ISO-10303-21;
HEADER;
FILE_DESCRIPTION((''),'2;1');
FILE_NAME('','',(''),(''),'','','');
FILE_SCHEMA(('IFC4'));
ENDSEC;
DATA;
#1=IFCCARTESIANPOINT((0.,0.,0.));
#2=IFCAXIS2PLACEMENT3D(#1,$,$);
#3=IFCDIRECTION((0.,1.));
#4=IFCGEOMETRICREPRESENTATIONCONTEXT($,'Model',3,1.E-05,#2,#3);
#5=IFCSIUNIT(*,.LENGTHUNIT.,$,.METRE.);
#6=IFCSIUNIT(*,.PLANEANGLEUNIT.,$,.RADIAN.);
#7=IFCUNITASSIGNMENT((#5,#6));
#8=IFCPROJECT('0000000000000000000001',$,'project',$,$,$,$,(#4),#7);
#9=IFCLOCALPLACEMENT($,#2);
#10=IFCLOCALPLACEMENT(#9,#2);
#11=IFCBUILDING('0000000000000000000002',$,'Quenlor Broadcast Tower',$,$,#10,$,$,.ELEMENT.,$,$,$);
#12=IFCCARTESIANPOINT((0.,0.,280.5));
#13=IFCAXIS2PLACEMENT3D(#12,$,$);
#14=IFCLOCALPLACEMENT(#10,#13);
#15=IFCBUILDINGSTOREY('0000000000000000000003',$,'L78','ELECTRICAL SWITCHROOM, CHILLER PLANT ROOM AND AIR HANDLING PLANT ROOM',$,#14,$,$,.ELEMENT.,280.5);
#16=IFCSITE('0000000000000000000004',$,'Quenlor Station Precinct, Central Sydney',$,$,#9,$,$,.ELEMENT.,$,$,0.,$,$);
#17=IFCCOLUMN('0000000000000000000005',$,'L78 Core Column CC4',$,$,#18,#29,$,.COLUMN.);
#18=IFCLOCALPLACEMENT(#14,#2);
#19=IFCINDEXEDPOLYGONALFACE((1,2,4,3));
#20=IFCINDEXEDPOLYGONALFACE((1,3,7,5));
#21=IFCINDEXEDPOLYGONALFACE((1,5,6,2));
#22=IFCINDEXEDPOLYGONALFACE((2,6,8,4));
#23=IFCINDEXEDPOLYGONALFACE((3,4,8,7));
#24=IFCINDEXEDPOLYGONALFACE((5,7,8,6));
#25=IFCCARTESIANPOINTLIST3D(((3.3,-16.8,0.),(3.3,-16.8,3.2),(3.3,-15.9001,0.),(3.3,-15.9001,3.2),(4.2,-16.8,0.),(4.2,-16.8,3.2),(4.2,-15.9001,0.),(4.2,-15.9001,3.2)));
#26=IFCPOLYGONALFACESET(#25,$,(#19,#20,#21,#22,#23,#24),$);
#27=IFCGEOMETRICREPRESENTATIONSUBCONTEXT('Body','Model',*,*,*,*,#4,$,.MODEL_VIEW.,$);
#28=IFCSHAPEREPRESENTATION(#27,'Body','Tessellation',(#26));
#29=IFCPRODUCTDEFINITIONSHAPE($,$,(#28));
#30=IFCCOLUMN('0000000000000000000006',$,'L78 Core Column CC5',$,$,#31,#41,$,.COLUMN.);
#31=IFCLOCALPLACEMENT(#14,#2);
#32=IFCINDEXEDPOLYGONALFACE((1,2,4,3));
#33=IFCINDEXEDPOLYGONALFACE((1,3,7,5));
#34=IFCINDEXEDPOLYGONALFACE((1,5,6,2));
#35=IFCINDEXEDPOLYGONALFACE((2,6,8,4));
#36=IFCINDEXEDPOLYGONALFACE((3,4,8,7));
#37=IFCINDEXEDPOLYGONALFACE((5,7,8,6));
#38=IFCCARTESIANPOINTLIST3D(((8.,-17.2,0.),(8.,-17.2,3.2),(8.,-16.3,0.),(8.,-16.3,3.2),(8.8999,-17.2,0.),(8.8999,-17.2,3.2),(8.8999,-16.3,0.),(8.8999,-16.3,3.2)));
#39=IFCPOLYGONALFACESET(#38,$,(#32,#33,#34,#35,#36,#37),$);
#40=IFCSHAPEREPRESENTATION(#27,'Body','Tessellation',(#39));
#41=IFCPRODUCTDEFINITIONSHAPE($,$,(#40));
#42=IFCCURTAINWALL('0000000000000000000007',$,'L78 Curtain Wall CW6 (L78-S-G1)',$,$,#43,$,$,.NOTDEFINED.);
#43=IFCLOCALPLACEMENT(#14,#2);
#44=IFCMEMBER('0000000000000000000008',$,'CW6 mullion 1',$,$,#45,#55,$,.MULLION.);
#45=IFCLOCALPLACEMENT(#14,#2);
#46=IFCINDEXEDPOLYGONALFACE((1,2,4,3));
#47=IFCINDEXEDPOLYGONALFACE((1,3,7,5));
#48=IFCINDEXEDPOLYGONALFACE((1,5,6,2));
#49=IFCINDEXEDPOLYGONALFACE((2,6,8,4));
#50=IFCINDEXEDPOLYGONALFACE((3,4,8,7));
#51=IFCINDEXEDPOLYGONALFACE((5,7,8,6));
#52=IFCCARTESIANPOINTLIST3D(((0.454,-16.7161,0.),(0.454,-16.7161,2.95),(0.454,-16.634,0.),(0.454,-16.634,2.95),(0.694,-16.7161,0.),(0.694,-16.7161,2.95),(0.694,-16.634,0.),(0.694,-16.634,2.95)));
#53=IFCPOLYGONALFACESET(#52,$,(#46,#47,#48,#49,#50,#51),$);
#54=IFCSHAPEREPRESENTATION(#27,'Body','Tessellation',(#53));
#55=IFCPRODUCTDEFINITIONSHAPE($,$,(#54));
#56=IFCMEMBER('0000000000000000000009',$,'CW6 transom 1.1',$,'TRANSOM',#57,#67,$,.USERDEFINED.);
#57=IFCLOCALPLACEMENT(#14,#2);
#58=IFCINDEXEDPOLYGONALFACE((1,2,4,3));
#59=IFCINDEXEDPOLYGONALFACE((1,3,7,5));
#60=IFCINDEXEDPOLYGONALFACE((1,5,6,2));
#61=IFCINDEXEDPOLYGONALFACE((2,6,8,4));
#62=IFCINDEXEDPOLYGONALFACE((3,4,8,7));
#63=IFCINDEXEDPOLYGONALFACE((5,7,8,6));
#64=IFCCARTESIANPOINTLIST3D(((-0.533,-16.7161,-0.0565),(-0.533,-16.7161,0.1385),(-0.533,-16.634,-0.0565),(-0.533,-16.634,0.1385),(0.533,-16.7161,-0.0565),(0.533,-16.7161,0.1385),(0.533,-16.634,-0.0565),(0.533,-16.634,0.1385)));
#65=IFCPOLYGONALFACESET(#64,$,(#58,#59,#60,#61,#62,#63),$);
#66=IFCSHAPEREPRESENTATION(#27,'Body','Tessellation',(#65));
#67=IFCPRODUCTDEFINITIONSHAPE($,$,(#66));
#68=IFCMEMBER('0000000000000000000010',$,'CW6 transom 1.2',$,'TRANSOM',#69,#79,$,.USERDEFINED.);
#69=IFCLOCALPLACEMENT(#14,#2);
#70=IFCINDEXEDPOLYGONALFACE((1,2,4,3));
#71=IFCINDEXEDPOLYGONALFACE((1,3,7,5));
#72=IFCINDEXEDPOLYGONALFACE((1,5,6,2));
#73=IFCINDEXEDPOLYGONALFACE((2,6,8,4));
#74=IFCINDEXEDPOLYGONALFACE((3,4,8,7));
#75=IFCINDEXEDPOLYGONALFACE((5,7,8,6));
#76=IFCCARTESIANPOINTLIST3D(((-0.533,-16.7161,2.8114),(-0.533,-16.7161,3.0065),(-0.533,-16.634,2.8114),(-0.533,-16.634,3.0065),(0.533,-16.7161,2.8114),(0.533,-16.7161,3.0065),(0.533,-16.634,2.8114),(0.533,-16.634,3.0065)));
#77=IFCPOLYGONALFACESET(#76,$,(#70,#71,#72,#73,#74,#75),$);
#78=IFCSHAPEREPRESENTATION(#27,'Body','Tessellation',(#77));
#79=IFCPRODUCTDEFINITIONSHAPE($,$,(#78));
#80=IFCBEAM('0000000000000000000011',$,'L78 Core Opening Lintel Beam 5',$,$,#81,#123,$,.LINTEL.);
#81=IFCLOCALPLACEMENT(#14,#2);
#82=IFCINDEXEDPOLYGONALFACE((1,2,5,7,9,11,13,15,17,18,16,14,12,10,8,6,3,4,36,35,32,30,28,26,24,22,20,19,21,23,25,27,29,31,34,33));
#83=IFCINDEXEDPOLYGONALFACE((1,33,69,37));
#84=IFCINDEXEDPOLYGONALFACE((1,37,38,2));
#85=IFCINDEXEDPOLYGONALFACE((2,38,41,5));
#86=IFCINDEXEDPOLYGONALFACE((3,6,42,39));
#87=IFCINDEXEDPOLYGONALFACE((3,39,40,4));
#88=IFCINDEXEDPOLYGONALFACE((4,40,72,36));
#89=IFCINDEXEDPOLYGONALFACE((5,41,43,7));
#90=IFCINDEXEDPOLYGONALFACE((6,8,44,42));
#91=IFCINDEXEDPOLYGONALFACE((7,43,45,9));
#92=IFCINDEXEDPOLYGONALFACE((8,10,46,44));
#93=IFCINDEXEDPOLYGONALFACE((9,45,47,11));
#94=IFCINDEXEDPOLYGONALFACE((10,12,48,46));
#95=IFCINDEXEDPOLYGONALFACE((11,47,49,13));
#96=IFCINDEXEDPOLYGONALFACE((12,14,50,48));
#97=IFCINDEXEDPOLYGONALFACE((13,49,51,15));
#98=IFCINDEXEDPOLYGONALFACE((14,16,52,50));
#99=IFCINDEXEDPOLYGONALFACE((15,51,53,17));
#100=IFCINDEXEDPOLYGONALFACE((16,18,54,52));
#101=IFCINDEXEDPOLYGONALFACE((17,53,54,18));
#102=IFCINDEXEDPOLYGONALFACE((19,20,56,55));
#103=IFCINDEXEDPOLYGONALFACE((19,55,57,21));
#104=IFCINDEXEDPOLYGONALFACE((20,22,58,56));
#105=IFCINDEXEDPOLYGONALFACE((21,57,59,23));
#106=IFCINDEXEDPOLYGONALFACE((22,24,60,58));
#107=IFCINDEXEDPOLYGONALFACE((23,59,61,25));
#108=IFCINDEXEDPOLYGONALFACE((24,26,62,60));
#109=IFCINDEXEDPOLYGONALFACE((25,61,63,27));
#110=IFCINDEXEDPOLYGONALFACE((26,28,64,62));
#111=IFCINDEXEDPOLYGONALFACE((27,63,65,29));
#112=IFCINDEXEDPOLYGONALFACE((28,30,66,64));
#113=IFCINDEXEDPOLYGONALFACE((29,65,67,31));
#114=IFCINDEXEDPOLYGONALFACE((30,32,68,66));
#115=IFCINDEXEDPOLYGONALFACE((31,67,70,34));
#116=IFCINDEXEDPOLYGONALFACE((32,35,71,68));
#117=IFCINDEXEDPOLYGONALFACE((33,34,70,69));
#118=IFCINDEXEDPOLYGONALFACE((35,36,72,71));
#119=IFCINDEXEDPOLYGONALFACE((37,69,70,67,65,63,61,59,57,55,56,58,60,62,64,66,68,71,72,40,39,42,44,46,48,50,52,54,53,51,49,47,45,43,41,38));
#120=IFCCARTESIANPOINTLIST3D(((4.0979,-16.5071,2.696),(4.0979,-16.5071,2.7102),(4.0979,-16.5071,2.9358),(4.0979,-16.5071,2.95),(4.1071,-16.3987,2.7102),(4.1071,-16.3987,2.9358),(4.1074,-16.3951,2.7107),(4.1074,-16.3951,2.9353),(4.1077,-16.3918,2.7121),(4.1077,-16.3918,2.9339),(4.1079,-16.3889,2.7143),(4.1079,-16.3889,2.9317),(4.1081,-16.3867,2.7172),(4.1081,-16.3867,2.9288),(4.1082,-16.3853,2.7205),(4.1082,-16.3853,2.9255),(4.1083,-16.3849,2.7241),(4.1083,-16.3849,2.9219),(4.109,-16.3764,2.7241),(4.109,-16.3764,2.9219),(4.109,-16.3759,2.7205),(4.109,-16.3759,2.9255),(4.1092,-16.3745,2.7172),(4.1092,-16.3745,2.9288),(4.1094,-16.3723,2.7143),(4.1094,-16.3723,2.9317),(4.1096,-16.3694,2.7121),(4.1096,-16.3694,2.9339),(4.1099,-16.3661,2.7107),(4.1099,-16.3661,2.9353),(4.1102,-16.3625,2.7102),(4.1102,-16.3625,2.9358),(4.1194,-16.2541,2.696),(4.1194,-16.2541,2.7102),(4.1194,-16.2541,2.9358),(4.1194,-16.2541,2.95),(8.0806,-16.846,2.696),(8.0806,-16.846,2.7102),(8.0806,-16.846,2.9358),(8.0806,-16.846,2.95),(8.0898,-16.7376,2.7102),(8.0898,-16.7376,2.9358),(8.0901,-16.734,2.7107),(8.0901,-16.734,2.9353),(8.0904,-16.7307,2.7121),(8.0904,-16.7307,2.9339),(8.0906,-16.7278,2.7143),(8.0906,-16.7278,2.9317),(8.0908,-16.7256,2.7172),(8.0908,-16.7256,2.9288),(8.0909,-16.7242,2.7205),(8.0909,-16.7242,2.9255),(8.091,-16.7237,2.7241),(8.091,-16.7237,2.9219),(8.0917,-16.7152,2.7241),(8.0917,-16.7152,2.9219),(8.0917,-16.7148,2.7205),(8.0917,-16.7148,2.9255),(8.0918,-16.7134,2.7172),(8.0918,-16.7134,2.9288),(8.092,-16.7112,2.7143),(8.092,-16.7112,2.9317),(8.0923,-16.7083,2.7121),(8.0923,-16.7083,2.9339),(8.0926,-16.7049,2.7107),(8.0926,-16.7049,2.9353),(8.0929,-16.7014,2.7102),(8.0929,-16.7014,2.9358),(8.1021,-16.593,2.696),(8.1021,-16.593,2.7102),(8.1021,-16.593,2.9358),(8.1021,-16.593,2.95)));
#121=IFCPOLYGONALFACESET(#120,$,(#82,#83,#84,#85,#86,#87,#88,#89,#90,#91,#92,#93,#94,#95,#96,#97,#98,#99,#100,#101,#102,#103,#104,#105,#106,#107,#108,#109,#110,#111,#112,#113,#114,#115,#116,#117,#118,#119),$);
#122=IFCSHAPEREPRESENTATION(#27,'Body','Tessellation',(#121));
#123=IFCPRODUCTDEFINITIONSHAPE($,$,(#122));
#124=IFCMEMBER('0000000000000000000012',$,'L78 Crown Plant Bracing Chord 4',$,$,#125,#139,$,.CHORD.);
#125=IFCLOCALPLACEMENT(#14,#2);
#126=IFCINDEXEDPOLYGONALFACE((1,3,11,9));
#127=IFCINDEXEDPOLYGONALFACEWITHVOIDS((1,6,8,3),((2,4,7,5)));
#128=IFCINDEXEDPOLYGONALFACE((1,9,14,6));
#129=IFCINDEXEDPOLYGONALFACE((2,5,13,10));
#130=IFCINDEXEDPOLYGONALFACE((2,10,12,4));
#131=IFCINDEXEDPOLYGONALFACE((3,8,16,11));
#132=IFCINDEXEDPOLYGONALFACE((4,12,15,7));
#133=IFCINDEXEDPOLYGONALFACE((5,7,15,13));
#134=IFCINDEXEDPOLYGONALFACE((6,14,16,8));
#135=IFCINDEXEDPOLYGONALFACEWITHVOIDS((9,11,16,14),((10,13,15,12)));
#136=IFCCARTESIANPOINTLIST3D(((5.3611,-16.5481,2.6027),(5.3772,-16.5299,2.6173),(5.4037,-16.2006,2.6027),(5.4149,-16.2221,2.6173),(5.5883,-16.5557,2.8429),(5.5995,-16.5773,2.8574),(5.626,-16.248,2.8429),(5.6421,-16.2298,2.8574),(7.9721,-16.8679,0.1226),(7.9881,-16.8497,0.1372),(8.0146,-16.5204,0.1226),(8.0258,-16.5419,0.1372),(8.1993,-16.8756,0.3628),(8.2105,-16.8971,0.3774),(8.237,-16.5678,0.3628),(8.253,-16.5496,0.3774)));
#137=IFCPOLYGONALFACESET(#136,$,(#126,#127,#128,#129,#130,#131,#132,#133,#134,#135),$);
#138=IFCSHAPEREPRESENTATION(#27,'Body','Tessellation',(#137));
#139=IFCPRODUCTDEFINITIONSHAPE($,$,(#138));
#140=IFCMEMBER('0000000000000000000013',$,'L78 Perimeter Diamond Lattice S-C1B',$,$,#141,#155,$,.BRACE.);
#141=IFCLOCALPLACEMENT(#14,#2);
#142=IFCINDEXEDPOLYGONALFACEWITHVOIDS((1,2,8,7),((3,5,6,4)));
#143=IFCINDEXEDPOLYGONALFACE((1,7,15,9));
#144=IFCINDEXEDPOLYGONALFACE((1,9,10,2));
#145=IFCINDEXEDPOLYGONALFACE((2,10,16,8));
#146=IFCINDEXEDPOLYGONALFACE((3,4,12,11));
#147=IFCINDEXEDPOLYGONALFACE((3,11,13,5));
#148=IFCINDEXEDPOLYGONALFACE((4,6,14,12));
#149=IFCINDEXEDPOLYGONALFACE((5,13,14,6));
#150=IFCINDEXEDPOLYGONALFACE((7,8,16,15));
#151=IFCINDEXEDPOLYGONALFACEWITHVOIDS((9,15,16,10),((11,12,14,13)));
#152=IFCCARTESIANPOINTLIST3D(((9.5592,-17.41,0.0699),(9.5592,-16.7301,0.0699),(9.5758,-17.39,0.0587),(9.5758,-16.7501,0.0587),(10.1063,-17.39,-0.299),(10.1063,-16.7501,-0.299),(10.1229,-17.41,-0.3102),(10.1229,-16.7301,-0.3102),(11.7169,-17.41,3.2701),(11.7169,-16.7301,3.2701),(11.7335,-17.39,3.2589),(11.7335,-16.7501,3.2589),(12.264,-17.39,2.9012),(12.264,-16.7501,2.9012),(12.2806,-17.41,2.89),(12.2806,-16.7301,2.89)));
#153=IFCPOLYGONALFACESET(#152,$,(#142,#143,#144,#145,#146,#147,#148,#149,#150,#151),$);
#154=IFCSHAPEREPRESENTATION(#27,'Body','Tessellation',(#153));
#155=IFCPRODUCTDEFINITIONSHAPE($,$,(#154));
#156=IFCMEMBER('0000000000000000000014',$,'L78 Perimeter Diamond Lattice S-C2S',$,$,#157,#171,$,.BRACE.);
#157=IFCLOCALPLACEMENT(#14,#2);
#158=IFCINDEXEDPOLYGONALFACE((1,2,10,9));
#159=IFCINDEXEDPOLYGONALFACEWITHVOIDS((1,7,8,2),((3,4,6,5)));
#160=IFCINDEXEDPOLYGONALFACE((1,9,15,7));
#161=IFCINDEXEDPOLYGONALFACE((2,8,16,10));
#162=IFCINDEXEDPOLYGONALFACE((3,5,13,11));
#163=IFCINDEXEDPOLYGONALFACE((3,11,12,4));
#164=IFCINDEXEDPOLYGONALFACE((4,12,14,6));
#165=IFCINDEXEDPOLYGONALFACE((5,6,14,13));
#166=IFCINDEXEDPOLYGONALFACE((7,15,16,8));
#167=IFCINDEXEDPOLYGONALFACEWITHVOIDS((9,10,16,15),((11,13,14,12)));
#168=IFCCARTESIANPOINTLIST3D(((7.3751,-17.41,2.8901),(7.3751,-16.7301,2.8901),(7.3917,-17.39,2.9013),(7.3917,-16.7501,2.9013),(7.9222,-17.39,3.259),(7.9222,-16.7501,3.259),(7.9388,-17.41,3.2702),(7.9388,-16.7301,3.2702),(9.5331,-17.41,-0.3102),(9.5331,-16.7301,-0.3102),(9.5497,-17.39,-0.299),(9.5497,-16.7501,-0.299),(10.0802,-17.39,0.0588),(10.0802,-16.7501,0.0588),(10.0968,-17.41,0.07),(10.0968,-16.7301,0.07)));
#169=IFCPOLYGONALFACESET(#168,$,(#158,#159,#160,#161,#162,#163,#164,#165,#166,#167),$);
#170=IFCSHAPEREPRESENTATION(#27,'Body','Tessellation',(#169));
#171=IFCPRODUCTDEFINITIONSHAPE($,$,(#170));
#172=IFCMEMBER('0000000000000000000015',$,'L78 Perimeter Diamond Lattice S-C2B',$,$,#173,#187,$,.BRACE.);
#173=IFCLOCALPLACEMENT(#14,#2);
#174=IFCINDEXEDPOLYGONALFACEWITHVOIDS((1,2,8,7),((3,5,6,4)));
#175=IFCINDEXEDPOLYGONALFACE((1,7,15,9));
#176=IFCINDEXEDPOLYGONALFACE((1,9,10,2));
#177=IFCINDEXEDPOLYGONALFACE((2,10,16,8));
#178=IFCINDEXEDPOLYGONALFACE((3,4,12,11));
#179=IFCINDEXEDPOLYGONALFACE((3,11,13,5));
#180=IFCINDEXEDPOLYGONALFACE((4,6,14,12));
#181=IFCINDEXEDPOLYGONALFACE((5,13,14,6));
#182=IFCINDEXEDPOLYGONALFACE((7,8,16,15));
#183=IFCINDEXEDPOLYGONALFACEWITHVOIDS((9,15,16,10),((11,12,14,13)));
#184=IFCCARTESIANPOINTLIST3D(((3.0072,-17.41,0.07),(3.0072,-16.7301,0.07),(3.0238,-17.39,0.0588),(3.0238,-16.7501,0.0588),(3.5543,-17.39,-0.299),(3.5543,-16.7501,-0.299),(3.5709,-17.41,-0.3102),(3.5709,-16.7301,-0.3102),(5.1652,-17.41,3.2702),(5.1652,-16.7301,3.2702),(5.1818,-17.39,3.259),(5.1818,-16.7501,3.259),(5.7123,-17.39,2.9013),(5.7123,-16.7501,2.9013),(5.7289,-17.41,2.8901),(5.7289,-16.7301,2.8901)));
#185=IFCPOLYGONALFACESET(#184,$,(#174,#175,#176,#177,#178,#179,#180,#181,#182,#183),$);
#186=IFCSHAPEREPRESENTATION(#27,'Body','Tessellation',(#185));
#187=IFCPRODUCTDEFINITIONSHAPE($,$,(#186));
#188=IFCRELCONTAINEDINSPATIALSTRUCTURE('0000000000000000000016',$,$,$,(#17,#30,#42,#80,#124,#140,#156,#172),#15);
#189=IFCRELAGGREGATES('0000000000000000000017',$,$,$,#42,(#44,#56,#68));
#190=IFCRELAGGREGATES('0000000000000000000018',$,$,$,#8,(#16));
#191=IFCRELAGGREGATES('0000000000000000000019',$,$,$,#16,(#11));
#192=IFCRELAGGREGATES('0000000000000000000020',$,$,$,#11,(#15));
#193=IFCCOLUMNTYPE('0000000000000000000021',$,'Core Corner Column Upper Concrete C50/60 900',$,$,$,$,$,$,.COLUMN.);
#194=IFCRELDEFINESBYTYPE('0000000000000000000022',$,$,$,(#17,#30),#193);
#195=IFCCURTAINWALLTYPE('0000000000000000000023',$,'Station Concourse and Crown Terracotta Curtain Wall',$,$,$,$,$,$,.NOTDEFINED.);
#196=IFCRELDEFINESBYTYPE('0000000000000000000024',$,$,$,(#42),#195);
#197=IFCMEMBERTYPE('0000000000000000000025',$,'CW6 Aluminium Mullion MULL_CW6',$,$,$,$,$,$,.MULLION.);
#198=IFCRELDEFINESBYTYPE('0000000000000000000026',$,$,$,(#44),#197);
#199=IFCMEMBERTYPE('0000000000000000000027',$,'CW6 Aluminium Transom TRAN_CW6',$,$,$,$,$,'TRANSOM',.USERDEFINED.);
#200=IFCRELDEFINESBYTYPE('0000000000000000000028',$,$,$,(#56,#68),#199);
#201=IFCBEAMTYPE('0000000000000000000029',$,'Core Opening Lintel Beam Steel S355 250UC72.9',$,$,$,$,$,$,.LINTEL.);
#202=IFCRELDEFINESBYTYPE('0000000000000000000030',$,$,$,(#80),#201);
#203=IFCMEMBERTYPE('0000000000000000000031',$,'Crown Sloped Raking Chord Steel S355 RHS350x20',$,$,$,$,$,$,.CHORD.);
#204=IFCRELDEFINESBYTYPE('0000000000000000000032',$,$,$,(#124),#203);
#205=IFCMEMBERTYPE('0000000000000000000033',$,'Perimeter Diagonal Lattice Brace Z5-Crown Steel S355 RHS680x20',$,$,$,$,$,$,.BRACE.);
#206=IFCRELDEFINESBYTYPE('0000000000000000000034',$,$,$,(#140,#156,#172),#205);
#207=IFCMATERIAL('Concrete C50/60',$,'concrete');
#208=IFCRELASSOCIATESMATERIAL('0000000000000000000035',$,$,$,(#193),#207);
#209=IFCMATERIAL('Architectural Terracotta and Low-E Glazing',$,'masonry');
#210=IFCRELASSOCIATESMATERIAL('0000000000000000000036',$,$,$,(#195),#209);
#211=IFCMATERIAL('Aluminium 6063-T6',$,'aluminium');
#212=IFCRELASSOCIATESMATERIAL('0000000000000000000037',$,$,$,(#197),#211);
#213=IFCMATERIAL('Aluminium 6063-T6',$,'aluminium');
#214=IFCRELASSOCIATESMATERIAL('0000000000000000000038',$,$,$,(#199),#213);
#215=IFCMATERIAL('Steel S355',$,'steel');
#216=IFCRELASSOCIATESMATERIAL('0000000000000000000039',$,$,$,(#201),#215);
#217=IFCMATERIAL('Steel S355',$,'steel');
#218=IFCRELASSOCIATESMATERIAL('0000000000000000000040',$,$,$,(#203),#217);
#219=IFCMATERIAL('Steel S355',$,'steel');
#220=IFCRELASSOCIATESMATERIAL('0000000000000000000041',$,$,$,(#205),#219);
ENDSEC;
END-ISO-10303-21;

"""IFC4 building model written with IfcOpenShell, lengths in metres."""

from ifc_helpers import new_model, si_unit, direction, frame, origin, origin_2d, place, context, subcontext, project, spatial, rectangle, hollow_rectangle, i_section, extrude, material, material_profile, profile_set, type_object, element, aggregate, save


model = new_model("IFC4")

# Units and contexts
model_context = context("Model", 3, precision=1e-05, world=origin(), true_north=direction((0.0, 1.0)))
body_context = subcontext(model_context, "Body", "Model", "MODEL_VIEW")
ifc_project = project(units=[si_unit("LENGTHUNIT", "METRE"), si_unit("PLANEANGLEUNIT", "RADIAN")], contexts=[model_context])

# Site, building, storey
site_placement = place(None, origin())
site = spatial("IfcSite", under=ifc_project, at=site_placement, Name="Quenlor Station Precinct, Central Sydney", CompositionType="ELEMENT", RefElevation=0.0)
building_placement = place(site_placement, origin())
building = spatial("IfcBuilding", under=site, at=building_placement, Name="Quenlor Broadcast Tower", CompositionType="ELEMENT")
storey_placement = place(building_placement, frame((0.0, 0.0, 280.5)))
storey = spatial("IfcBuildingStorey", under=building, at=storey_placement, Name="L78", Description="ELECTRICAL SWITCHROOM, CHILLER PLANT ROOM AND AIR HANDLING PLANT ROOM", CompositionType="ELEMENT", Elevation=280.5)

# Columns
ifc_material_1 = material(Name="Concrete C50/60", Category="concrete")
ifc_material_profile_1 = material_profile(ifc_material_1, rectangle(XDim=0.8999, YDim=0.8999, at=origin_2d()))
ifc_profile_set_1 = profile_set([ifc_material_profile_1], Name="Concrete C50/60 RC900x900")
column_type = type_object("IfcColumnType", Name="Core Corner Column Upper Concrete C50/60 900", PredefinedType="COLUMN", material=ifc_profile_set_1)
for number, where, z_axis, x_axis, name in (
    (1, (3.75, -16.3501, 0.0), (0.0, 0.0, 1.0), (1.0, 0.0, 0.0), "L78 Core Column CC4"),
    (2, (8.45, -16.75, 0.0), (0.0, 0.0, 1.0), (1.0, 0.0, 0.0), "L78 Core Column CC5"),
):
    element("IfcColumn", number, at=place(storey_placement, frame(where, z_axis=z_axis, x_axis=x_axis)), inside=storey, type_object=column_type, Name=name, PredefinedType="COLUMN", context=body_context, shape_type="SweptSolid", body=[
        extrude(rectangle(XDim=0.8999, YDim=0.8999, at=origin_2d()), origin(), (0.0, 0.0, 1.0), 3.2),
    ])

# Curtain wall, members
ifc_material_2 = material(Name="Architectural Terracotta and Low-E Glazing", Category="masonry")
curtain_wall_type = type_object("IfcCurtainWallType", Name="Station Concourse and Crown Terracotta Curtain Wall", PredefinedType="NOTDEFINED", material=ifc_material_2)
curtain_wall_placement = place(storey_placement, origin())
curtain_wall = element("IfcCurtainWall", 3, at=curtain_wall_placement, inside=storey, type_object=curtain_wall_type, Name="L78 Curtain Wall CW6 (L78-S-G1)", PredefinedType="NOTDEFINED")
ifc_material_3 = material(Name="Aluminium 6063-T6", Category="aluminium")
ifc_material_profile_2 = material_profile(ifc_material_3, rectangle(XDim=0.082, YDim=0.24, at=origin_2d()))
ifc_profile_set_2 = profile_set([ifc_material_profile_2], Name="Aluminium 6063-T6 MULL82x240")
member_type_1 = type_object("IfcMemberType", Name="CW6 Aluminium Mullion MULL_CW6", PredefinedType="MULLION", material=ifc_profile_set_2)
member_1_placement = place(storey_placement, frame((0.574, -16.675, 0.0), z_axis=(0.0, 0.0, 1.0), x_axis=(0.0, -1.0, 0.0)))
member_1 = element("IfcMember", 4, at=member_1_placement, type_object=member_type_1, Name="CW6 mullion 1", PredefinedType="MULLION", context=body_context, shape_type="SweptSolid", body=[
    extrude(rectangle(XDim=0.082, YDim=0.24, at=origin_2d()), origin(), (0.0, 0.0, 1.0), 2.95),
])
ifc_material_4 = material(Name="Aluminium 6063-T6", Category="aluminium")
ifc_material_profile_3 = material_profile(ifc_material_4, rectangle(XDim=0.082, YDim=0.1951, at=origin_2d()))
ifc_profile_set_3 = profile_set([ifc_material_profile_3], Name="Aluminium 6063-T6 TRAN82x195")
member_type_2 = type_object("IfcMemberType", Name="CW6 Aluminium Transom TRAN_CW6", ElementType="TRANSOM", PredefinedType="USERDEFINED", material=ifc_profile_set_3)
member_2_placement = place(storey_placement, frame((0.533, -16.675, 0.041), z_axis=(-1.0, 0.0, 0.0), x_axis=(0.0, -1.0, 0.0)))
member_2 = element("IfcMember", 5, at=member_2_placement, type_object=member_type_2, Name="CW6 transom 1.1", ObjectType="TRANSOM", PredefinedType="USERDEFINED", context=body_context, shape_type="SweptSolid", body=[
    extrude(rectangle(XDim=0.082, YDim=0.1951, at=origin_2d()), origin(), (0.0, 0.0, 1.0), 1.0659),
])
member_3_placement = place(storey_placement, frame((0.533, -16.675, 2.9089), z_axis=(-1.0, 0.0, 0.0), x_axis=(0.0, -1.0, 0.0)))
member_3 = element("IfcMember", 6, at=member_3_placement, type_object=member_type_2, Name="CW6 transom 1.2", ObjectType="TRANSOM", PredefinedType="USERDEFINED", context=body_context, shape_type="SweptSolid", body=[
    extrude(rectangle(XDim=0.082, YDim=0.1951, at=origin_2d()), origin(), (0.0, 0.0, 1.0), 1.0659),
])
aggregate(curtain_wall, [member_1, member_2, member_3])

# Beam
ifc_material_5 = material(Name="Steel S355", Category="steel")
ifc_material_profile_4 = material_profile(ifc_material_5, i_section(OverallWidth=0.2539, OverallDepth=0.2539, WebThickness=0.0085, FlangeThickness=0.0142, FilletRadius=0.0139, at=origin_2d()))
ifc_profile_set_4 = profile_set([ifc_material_profile_4], Name="Steel S355 250UC72.9")
beam_type = type_object("IfcBeamType", Name="Core Opening Lintel Beam Steel S355 250UC72.9", PredefinedType="LINTEL", material=ifc_profile_set_4)
beam_placement = place(storey_placement, frame((4.1086, -16.3806, 2.823), z_axis=(0.9964, -0.084779, 0.0), x_axis=(0.084779, 0.9964, 0.0)))
element("IfcBeam", 7, at=beam_placement, inside=storey, type_object=beam_type, Name="L78 Core Opening Lintel Beam 5", PredefinedType="LINTEL", context=body_context, shape_type="SweptSolid", body=[
    extrude(i_section(OverallWidth=0.2539, OverallDepth=0.2539, WebThickness=0.0085, FlangeThickness=0.0142, FilletRadius=0.0139, at=origin_2d()), origin(), (0.0, 0.0, 1.0), 3.9971),
])

# Members
ifc_material_6 = material(Name="Steel S355", Category="steel")
ifc_material_profile_5 = material_profile(ifc_material_6, hollow_rectangle(XDim=0.3501, YDim=0.3501, WallThickness=0.02, at=origin_2d()))
ifc_profile_set_5 = profile_set([ifc_material_profile_5], Name="Steel S355 RHS350x350x20")
member_type_3 = type_object("IfcMemberType", Name="Crown Sloped Raking Chord Steel S355 RHS350x20", PredefinedType="CHORD", material=ifc_profile_set_5)
member_4_placement = place(storey_placement, frame((8.1125, -16.7087, 0.25), z_axis=(-0.722201, 0.088469, 0.686003), x_axis=(-0.12159, -0.99258, 0.0)))
element("IfcMember", 8, at=member_4_placement, inside=storey, type_object=member_type_3, Name="L78 Crown Plant Bracing Chord 4", PredefinedType="CHORD", context=body_context, shape_type="SweptSolid", body=[
    extrude(hollow_rectangle(XDim=0.3501, YDim=0.3501, WallThickness=0.02, at=origin_2d()), origin(), (0.0, 0.0, 1.0), 3.6152),
])
ifc_material_7 = material(Name="Steel S355", Category="steel")
ifc_material_profile_6 = material_profile(ifc_material_7, hollow_rectangle(XDim=0.6799, YDim=0.6799, WallThickness=0.02, at=origin_2d()))
ifc_profile_set_6 = profile_set([ifc_material_profile_6], Name="Steel S355 RHS680x680x20")
member_type_4 = type_object("IfcMemberType", Name="Perimeter Diagonal Lattice Brace Z5-Crown Steel S355 RHS680x20", PredefinedType="BRACE", material=ifc_profile_set_6)
member_5_placement = place(storey_placement, frame((9.8411, -17.0701, -0.1201), z_axis=(0.559043, 0.0, 0.829139), x_axis=(0.0, 1.0, 0.0)))
element("IfcMember", 9, at=member_5_placement, inside=storey, type_object=member_type_4, Name="L78 Perimeter Diamond Lattice S-C1B", PredefinedType="BRACE", context=body_context, shape_type="SweptSolid", body=[
    extrude(hollow_rectangle(XDim=0.6799, YDim=0.6799, WallThickness=0.02, at=origin_2d()), origin(), (0.0, 0.0, 1.0), 3.8596),
])
for number, where, z_axis, x_axis, name in (
    (10, (9.8149, -17.0701, -0.1201), (-0.559086, 0.0, 0.82911), (0.0, -1.0, 0.0), "L78 Perimeter Diamond Lattice S-C2S"),
    (11, (3.2891, -17.0701, -0.1201), (0.559086, 0.0, 0.82911), (0.0, 1.0, 0.0), "L78 Perimeter Diamond Lattice S-C2B"),
):
    element("IfcMember", number, at=place(storey_placement, frame(where, z_axis=z_axis, x_axis=x_axis)), inside=storey, type_object=member_type_4, Name=name, PredefinedType="BRACE", context=body_context, shape_type="SweptSolid", body=[
        extrude(hollow_rectangle(XDim=0.6799, YDim=0.6799, WallThickness=0.02, at=origin_2d()), origin(), (0.0, 0.0, 1.0), 3.8599),
    ])

save(model, "model.ifc")
